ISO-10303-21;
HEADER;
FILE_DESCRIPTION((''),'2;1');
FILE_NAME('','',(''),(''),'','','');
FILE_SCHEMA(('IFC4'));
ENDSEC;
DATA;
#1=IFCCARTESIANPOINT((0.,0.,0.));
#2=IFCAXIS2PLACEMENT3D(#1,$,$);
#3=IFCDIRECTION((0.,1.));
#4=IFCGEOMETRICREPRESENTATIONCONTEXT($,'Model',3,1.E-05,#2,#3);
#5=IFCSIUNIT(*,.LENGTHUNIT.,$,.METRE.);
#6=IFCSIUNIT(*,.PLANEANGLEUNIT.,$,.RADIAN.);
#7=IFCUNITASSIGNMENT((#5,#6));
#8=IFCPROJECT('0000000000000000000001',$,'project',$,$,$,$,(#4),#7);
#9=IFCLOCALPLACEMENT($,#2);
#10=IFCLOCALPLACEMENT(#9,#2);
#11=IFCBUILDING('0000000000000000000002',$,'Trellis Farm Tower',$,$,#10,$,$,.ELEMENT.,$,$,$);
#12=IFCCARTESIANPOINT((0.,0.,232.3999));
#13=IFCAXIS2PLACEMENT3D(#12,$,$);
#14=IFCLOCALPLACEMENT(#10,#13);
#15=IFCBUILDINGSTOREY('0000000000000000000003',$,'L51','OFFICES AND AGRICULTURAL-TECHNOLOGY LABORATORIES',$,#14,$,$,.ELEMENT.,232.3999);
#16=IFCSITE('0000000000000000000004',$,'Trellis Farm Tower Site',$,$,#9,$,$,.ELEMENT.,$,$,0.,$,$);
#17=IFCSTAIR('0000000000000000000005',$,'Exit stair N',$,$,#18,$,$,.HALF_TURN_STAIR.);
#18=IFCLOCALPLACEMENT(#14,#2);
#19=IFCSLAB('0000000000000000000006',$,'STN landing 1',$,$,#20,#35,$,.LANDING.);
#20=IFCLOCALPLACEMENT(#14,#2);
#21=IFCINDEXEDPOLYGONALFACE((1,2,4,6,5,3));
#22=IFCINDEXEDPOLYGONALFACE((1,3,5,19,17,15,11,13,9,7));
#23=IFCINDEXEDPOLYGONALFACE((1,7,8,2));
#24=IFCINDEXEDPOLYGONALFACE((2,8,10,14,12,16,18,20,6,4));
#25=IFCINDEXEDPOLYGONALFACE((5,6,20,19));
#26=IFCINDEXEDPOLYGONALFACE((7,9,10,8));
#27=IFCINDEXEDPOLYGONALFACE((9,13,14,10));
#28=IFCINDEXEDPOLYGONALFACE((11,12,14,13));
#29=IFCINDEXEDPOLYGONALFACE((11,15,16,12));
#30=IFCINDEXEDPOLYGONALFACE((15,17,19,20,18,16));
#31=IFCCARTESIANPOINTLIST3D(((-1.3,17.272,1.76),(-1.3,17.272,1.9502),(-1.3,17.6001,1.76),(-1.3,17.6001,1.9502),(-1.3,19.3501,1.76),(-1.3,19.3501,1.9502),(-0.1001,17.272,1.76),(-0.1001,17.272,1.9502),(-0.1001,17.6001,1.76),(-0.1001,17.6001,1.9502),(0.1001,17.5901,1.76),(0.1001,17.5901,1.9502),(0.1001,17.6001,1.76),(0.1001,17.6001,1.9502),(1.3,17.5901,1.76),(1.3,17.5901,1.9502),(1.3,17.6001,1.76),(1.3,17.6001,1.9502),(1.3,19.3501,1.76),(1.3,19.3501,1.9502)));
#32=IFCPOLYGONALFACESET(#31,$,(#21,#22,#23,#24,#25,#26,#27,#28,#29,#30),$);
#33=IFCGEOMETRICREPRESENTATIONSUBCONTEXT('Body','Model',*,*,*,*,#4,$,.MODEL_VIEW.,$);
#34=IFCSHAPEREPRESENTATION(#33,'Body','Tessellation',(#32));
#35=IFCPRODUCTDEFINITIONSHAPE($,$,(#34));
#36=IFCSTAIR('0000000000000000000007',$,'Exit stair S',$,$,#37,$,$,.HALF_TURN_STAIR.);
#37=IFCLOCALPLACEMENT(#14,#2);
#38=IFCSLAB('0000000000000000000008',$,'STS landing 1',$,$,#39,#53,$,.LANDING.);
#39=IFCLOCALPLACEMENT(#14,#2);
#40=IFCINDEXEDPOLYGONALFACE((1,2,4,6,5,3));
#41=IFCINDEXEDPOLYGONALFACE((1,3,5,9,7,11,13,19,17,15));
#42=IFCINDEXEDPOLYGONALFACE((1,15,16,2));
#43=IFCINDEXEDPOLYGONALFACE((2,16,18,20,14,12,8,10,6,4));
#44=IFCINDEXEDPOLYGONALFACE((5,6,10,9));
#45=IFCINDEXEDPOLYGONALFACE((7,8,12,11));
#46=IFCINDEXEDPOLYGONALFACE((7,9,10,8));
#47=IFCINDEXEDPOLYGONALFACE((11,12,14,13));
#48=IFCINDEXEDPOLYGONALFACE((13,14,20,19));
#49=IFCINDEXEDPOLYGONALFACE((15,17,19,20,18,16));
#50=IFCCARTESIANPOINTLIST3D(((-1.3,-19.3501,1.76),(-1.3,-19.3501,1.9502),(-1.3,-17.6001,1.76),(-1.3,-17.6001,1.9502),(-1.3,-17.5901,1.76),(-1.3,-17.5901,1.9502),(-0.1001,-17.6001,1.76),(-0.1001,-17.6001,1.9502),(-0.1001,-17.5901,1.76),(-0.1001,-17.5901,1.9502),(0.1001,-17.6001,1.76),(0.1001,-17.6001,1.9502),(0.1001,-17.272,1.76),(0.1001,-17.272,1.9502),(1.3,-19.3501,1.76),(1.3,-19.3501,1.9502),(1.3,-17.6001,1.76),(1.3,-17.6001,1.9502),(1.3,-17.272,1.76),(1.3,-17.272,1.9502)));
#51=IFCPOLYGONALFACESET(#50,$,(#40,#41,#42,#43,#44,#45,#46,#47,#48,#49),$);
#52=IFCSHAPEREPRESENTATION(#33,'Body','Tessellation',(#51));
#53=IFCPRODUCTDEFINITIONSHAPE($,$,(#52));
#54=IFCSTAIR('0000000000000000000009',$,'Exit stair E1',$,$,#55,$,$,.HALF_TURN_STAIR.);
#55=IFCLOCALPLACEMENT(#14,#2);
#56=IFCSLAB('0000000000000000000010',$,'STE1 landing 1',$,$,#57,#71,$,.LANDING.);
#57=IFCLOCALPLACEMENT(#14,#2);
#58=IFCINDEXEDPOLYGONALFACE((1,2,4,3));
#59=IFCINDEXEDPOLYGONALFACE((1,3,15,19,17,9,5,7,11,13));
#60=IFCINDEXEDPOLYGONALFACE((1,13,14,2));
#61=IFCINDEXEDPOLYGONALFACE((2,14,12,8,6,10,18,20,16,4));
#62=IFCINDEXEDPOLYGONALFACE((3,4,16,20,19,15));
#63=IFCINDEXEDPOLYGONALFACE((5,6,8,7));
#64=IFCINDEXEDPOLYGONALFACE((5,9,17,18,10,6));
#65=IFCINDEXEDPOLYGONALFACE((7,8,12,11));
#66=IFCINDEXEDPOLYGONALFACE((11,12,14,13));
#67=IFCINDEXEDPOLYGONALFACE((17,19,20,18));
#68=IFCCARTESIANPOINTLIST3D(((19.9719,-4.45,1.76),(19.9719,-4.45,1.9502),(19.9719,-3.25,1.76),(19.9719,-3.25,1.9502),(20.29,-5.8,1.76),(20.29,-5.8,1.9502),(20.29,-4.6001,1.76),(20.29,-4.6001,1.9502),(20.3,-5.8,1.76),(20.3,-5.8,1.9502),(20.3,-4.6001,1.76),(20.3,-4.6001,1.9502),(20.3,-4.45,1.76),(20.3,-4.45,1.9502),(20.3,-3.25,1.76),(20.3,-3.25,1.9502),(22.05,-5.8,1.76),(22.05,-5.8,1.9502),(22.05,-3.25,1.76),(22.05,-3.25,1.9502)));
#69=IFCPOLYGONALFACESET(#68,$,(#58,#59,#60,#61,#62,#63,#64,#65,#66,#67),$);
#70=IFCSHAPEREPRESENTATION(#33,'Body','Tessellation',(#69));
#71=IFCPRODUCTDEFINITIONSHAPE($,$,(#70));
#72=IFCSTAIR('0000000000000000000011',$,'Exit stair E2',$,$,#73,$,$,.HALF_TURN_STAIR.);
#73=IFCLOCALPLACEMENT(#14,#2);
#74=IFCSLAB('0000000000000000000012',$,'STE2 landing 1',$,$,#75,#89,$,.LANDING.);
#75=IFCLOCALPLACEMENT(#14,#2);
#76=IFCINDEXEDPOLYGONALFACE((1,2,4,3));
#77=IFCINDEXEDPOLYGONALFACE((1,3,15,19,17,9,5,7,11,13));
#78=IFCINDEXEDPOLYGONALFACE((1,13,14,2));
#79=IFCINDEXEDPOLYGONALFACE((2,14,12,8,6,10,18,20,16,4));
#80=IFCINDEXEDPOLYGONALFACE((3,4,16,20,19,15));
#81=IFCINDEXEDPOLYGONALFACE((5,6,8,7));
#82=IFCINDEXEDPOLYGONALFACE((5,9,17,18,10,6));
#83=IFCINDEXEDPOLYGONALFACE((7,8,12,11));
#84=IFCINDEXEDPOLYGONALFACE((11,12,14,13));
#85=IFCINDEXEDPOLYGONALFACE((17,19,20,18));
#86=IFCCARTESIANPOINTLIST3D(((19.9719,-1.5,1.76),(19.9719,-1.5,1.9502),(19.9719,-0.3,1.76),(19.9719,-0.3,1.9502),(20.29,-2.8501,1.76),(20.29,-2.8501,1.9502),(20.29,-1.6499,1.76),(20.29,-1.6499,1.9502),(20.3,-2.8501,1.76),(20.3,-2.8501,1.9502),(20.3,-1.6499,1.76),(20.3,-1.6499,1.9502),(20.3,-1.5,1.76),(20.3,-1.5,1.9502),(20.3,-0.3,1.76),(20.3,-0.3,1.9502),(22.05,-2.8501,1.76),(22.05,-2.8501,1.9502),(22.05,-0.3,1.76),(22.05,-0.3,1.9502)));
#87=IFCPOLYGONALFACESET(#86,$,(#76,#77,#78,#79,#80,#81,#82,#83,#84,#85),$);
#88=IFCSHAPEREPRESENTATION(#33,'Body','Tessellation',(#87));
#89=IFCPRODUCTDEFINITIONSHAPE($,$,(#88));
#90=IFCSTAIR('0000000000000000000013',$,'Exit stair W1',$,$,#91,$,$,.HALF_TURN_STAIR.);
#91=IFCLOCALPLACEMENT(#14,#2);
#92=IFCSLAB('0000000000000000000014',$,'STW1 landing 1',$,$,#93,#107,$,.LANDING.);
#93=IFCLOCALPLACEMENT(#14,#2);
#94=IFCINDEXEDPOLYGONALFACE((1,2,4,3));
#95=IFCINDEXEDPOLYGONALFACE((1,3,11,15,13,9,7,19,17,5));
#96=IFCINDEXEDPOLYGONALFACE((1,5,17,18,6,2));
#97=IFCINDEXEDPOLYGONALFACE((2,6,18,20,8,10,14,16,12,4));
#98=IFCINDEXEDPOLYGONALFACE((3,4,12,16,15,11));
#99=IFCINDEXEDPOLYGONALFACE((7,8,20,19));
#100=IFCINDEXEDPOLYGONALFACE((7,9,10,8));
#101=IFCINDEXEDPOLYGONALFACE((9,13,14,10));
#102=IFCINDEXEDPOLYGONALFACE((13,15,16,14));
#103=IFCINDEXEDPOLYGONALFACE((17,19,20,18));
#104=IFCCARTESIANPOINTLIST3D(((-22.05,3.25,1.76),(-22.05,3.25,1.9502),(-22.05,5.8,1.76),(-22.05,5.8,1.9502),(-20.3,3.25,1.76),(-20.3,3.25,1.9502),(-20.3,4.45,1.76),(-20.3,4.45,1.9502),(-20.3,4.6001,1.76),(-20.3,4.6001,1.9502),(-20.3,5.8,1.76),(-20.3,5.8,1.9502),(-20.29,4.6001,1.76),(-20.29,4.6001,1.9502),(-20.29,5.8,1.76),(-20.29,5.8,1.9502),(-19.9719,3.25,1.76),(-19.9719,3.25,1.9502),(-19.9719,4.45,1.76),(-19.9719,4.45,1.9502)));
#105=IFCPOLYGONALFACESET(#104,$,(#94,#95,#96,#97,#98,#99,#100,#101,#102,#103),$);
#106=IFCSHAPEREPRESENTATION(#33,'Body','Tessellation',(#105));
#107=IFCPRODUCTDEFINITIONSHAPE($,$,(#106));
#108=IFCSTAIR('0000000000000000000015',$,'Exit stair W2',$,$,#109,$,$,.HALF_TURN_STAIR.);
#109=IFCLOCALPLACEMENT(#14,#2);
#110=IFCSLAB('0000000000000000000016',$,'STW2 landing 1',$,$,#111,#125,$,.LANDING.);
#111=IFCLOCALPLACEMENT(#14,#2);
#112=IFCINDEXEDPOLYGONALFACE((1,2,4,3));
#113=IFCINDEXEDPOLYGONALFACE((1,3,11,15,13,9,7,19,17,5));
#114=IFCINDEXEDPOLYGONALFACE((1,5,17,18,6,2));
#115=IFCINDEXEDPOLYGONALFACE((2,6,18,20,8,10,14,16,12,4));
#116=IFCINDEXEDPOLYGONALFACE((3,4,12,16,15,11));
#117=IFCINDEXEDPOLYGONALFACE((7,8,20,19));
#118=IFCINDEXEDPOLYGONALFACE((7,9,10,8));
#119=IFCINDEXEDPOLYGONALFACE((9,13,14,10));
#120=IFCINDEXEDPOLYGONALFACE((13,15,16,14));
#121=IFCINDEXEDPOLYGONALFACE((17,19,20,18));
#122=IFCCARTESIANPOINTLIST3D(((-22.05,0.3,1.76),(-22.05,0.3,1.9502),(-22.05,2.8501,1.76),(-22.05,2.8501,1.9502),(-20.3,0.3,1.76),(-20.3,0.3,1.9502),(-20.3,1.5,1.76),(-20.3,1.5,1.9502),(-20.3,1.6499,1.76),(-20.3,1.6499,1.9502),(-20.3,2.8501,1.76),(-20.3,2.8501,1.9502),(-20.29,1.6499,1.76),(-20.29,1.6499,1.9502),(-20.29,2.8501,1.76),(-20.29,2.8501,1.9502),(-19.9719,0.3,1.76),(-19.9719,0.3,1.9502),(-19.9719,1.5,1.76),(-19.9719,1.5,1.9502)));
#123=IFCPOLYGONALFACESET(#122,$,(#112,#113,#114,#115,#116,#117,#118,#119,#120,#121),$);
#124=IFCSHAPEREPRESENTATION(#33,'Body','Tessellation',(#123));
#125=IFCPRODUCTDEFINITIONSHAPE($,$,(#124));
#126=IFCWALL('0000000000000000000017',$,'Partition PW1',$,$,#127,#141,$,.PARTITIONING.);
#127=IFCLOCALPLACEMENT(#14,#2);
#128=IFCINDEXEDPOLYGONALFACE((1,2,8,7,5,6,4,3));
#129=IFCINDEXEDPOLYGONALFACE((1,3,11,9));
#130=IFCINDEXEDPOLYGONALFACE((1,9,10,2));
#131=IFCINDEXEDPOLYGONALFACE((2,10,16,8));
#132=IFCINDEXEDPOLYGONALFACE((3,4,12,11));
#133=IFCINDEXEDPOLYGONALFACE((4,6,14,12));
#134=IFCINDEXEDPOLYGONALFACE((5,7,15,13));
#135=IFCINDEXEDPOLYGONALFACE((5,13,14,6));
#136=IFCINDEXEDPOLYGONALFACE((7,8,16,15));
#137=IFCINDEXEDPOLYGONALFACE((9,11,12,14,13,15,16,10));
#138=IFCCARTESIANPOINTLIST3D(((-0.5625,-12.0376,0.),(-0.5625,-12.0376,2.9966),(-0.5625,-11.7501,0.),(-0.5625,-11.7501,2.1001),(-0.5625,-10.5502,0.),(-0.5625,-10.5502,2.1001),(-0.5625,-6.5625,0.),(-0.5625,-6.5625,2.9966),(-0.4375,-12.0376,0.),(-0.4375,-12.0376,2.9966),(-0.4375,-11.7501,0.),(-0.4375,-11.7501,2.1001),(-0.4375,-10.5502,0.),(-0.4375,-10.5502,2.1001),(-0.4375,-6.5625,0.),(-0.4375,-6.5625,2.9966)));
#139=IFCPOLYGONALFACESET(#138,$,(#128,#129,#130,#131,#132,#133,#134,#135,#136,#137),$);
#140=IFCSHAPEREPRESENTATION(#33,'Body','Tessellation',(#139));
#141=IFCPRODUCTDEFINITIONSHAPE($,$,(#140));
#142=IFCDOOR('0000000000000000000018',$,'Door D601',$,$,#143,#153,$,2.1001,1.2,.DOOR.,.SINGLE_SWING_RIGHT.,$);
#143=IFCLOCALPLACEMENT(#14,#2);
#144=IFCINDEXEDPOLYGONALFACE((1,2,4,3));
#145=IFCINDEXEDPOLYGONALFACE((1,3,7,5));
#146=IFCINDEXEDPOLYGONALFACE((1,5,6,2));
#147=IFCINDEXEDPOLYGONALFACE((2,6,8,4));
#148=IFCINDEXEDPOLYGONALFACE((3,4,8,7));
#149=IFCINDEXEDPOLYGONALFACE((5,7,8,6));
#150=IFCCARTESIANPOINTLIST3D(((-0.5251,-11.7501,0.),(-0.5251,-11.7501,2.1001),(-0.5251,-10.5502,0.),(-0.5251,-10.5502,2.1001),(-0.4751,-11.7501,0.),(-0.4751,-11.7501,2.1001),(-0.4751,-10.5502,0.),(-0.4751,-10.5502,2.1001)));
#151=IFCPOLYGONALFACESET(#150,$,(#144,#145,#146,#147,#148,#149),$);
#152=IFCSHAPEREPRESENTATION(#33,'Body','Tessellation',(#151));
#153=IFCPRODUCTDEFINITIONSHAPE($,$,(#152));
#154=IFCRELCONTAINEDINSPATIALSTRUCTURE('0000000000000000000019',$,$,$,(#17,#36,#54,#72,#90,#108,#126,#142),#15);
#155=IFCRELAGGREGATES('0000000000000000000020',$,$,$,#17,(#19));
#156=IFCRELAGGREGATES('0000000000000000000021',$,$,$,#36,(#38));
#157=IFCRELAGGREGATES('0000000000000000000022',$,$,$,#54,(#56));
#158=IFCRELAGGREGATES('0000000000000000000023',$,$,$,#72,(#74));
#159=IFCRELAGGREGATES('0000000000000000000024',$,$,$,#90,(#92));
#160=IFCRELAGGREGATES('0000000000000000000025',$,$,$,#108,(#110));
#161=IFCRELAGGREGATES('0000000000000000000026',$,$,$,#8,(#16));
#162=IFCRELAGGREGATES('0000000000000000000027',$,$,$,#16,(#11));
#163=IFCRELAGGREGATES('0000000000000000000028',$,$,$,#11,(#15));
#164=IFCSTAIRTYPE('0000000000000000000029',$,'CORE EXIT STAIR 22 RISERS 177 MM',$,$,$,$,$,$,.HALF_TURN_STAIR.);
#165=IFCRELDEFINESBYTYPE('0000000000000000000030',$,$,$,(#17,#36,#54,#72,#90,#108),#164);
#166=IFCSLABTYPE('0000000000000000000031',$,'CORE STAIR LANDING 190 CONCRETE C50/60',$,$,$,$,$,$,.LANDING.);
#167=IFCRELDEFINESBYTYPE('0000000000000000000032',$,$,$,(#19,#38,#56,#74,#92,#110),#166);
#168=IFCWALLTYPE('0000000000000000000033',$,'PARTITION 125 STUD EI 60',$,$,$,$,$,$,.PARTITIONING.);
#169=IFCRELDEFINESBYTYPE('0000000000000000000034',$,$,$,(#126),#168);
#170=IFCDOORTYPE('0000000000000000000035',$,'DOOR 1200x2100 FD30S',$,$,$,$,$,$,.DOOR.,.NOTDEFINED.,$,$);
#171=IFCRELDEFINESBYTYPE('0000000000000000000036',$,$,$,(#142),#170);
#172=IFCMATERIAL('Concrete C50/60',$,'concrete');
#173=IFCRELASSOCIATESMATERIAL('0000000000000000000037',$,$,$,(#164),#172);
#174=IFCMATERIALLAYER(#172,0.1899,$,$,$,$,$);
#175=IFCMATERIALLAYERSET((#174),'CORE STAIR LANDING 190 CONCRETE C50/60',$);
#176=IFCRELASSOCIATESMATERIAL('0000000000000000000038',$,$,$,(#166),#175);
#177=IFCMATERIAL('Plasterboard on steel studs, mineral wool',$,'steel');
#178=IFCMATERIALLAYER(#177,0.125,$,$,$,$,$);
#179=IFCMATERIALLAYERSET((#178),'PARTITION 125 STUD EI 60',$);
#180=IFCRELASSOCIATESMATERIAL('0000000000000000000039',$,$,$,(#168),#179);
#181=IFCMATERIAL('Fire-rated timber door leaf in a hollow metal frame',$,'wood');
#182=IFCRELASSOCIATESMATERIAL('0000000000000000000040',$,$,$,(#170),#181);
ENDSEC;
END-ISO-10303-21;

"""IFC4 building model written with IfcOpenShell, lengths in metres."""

from ifc_helpers import new_model, si_unit, direction, frame, frame_2d, origin, place, context, subcontext, project, spatial, polyline, rectangle, outline, extrude, source, transform, mapped, material, layer, layer_set, type_object, element, fill, aggregate, save


model = new_model("IFC4")

# Units and contexts
model_context = context("Model", 3, precision=1e-05, world=origin(), true_north=direction((0.0, 1.0)))
body_context = subcontext(model_context, "Body", "Model", "MODEL_VIEW")
ifc_project = project(units=[si_unit("LENGTHUNIT", "METRE"), si_unit("PLANEANGLEUNIT", "RADIAN")], contexts=[model_context])

# Site, building, storey
site_placement = place(None, origin())
site = spatial("IfcSite", under=ifc_project, at=site_placement, Name="Trellis Farm Tower Site", CompositionType="ELEMENT", RefElevation=0.0)
building_placement = place(site_placement, origin())
building = spatial("IfcBuilding", under=site, at=building_placement, Name="Trellis Farm Tower", CompositionType="ELEMENT")
storey_placement = place(building_placement, frame((0.0, 0.0, 232.3999)))
storey = spatial("IfcBuildingStorey", under=building, at=storey_placement, Name="L51", Description="OFFICES AND AGRICULTURAL-TECHNOLOGY LABORATORIES", CompositionType="ELEMENT", Elevation=232.3999)

# Stairs, slabs
ifc_material_1 = material(Name="Concrete C50/60", Category="concrete")
stair_type = type_object("IfcStairType", Name="CORE EXIT STAIR 22 RISERS 177 MM", PredefinedType="HALF_TURN_STAIR", material=ifc_material_1)
placement_1 = place(storey_placement, origin())
stair_1 = element("IfcStair", 1, at=placement_1, inside=storey, type_object=stair_type, Name="Exit stair N", PredefinedType="HALF_TURN_STAIR")
ifc_layer_1 = layer(ifc_material_1, 0.1899)
ifc_layer_set_1 = layer_set([ifc_layer_1], Name="CORE STAIR LANDING 190 CONCRETE C50/60")
slab_type_1 = type_object("IfcSlabType", Name="CORE STAIR LANDING 190 CONCRETE C50/60", PredefinedType="LANDING", material=ifc_layer_set_1)
shared_shape_1 = source(origin(), body_context, "Body", "SweptSolid", [
    extrude(outline(polyline([(-0.1001, 17.272), (-1.3, 17.272), (-1.3, 17.6001), (-1.3, 19.3501), (1.3, 19.3501), (1.3, 17.6001), (1.3, 17.5901), (0.1001, 17.5901), (0.1001, 17.6001), (-0.1001, 17.6001), (-0.1001, 17.272)])), origin(), (0.0, 0.0, 1.0), 0.1902),
])
placement_2 = place(storey_placement, frame((0.0, 0.0, 1.76)))
slab_1 = element("IfcSlab", 2, at=placement_2, type_object=slab_type_1, Name="STN landing 1", PredefinedType="LANDING", context=body_context, shape_type="MappedRepresentation", body=[
    mapped(shared_shape_1, transform((0.0, 0.0, 0.0))),
])
aggregate(stair_1, [slab_1])
stair_2 = element("IfcStair", 3, at=placement_1, inside=storey, type_object=stair_type, Name="Exit stair S", PredefinedType="HALF_TURN_STAIR")
shared_shape_2 = source(origin(), body_context, "Body", "SweptSolid", [
    extrude(outline(polyline([(1.3, -19.3501), (-1.3, -19.3501), (-1.3, -17.6001), (-1.3, -17.5901), (-0.1001, -17.5901), (-0.1001, -17.6001), (0.1001, -17.6001), (0.1001, -17.272), (1.3, -17.272), (1.3, -17.6001), (1.3, -19.3501)])), origin(), (0.0, 0.0, 1.0), 0.1902),
])
slab_2 = element("IfcSlab", 4, at=placement_2, type_object=slab_type_1, Name="STS landing 1", PredefinedType="LANDING", context=body_context, shape_type="MappedRepresentation", body=[
    mapped(shared_shape_2, transform((0.0, 0.0, 0.0))),
])
aggregate(stair_2, [slab_2])
stair_3 = element("IfcStair", 5, at=placement_1, inside=storey, type_object=stair_type, Name="Exit stair E1", PredefinedType="HALF_TURN_STAIR")
shared_shape_3 = source(origin(), body_context, "Body", "SweptSolid", [
    extrude(outline(polyline([(20.29, -5.8), (20.29, -4.6001), (20.3, -4.6001), (20.3, -4.45), (19.9719, -4.45), (19.9719, -3.25), (20.3, -3.25), (22.05, -3.25), (22.05, -5.8), (20.3, -5.8), (20.29, -5.8)])), origin(), (0.0, 0.0, 1.0), 0.1902),
])
slab_3 = element("IfcSlab", 6, at=placement_2, type_object=slab_type_1, Name="STE1 landing 1", PredefinedType="LANDING", context=body_context, shape_type="MappedRepresentation", body=[
    mapped(shared_shape_3, transform((0.0, 0.0, 0.0))),
])
aggregate(stair_3, [slab_3])
stair_4 = element("IfcStair", 7, at=placement_1, inside=storey, type_object=stair_type, Name="Exit stair E2", PredefinedType="HALF_TURN_STAIR")
shared_shape_4 = source(origin(), body_context, "Body", "SweptSolid", [
    extrude(outline(polyline([(20.29, -2.8501), (20.29, -1.6499), (20.3, -1.6499), (20.3, -1.5), (19.9719, -1.5), (19.9719, -0.3), (20.3, -0.3), (22.05, -0.3), (22.05, -2.8501), (20.3, -2.8501), (20.29, -2.8501)])), origin(), (0.0, 0.0, 1.0), 0.1902),
])
slab_4 = element("IfcSlab", 8, at=placement_2, type_object=slab_type_1, Name="STE2 landing 1", PredefinedType="LANDING", context=body_context, shape_type="MappedRepresentation", body=[
    mapped(shared_shape_4, transform((0.0, 0.0, 0.0))),
])
aggregate(stair_4, [slab_4])
stair_5 = element("IfcStair", 9, at=placement_1, inside=storey, type_object=stair_type, Name="Exit stair W1", PredefinedType="HALF_TURN_STAIR")
shared_shape_5 = source(origin(), body_context, "Body", "SweptSolid", [
    extrude(outline(polyline([(-19.9719, 4.45), (-19.9719, 3.25), (-20.3, 3.25), (-22.05, 3.25), (-22.05, 5.8), (-20.3, 5.8), (-20.29, 5.8), (-20.29, 4.6001), (-20.3, 4.6001), (-20.3, 4.45), (-19.9719, 4.45)])), origin(), (0.0, 0.0, 1.0), 0.1902),
])
slab_5 = element("IfcSlab", 10, at=placement_2, type_object=slab_type_1, Name="STW1 landing 1", PredefinedType="LANDING", context=body_context, shape_type="MappedRepresentation", body=[
    mapped(shared_shape_5, transform((0.0, 0.0, 0.0))),
])
aggregate(stair_5, [slab_5])
stair_6 = element("IfcStair", 11, at=placement_1, inside=storey, type_object=stair_type, Name="Exit stair W2", PredefinedType="HALF_TURN_STAIR")
shared_shape_6 = source(origin(), body_context, "Body", "SweptSolid", [
    extrude(outline(polyline([(-19.9719, 1.5), (-19.9719, 0.3), (-20.3, 0.3), (-22.05, 0.3), (-22.05, 2.8501), (-20.3, 2.8501), (-20.29, 2.8501), (-20.29, 1.6499), (-20.3, 1.6499), (-20.3, 1.5), (-19.9719, 1.5)])), origin(), (0.0, 0.0, 1.0), 0.1902),
])
slab_6 = element("IfcSlab", 12, at=placement_2, type_object=slab_type_1, Name="STW2 landing 1", PredefinedType="LANDING", context=body_context, shape_type="MappedRepresentation", body=[
    mapped(shared_shape_6, transform((0.0, 0.0, 0.0))),
])
aggregate(stair_6, [slab_6])

# Wall, opening, door
ifc_material_2 = material(Name="Plasterboard on steel studs, mineral wool", Category="steel")
ifc_layer_2 = layer(ifc_material_2, 0.125)
ifc_layer_set_2 = layer_set([ifc_layer_2], Name="PARTITION 125 STUD EI 60")
wall_type_1 = type_object("IfcWallType", Name="PARTITION 125 STUD EI 60", PredefinedType="PARTITIONING", material=ifc_layer_set_2)
shared_shape_7 = source(origin(), body_context, "Body", "SweptSolid", [
    extrude(rectangle(XDim=5.4751, YDim=0.125, at=frame_2d((2.7375, 0.0))), origin(), (0.0, 0.0, 1.0), 2.9966),
])
wall_1_placement = place(storey_placement, frame((-0.5, -6.5625, 0.0), z_axis=(0.0, 0.0, 1.0), x_axis=(0.0, -1.0, 0.0)))
wall_1 = element("IfcWall", 13, at=wall_1_placement, inside=storey, type_object=wall_type_1, Name="Partition PW1", PredefinedType="PARTITIONING", context=body_context, shape_type="MappedRepresentation", body=[
    mapped(shared_shape_7, transform((0.0, 0.0, 0.0))),
])
shared_shape_8 = source(origin(), body_context, "Body", "SweptSolid", [
    extrude(rectangle(XDim=1.2, YDim=2.1001, at=frame_2d((0.6001, 1.05))), frame((0.0, 0.0725, 0.0), z_axis=(0.0, -1.0, 0.0), x_axis=(1.0, 0.0, 0.0)), (0.0, 0.0, 1.0), 0.145),
])
opening_1_placement = place(wall_1_placement, frame((3.9875, 0.0, 0.0)))
opening_1 = element("IfcOpeningElement", 14, at=opening_1_placement, cuts=wall_1, PredefinedType="OPENING", context=body_context, shape_type="MappedRepresentation", body=[
    mapped(shared_shape_8, transform((0.0, 0.0, 0.0))),
])
ifc_material_3 = material(Name="Fire-rated timber door leaf in a hollow metal frame", Category="wood")
door_type_1 = type_object("IfcDoorType", Name="DOOR 1200x2100 FD30S", OperationType="NOTDEFINED", PredefinedType="DOOR", material=ifc_material_3)
shared_shape_9 = source(origin(), body_context, "Body", "SweptSolid", [
    extrude(rectangle(XDim=1.2, YDim=2.1001, at=frame_2d((0.6001, 1.05))), frame((0.0, 0.0249, 0.0), z_axis=(0.0, -1.0, 0.0), x_axis=(1.0, 0.0, 0.0)), (0.0, 0.0, 1.0), 0.05),
])
door_1_placement = place(opening_1_placement, origin())
door_1 = element("IfcDoor", 15, at=door_1_placement, inside=storey, type_object=door_type_1, Name="Door D601", OperationType="SINGLE_SWING_RIGHT", OverallHeight=2.1001, OverallWidth=1.2, PredefinedType="DOOR", context=body_context, shape_type="MappedRepresentation", body=[
    mapped(shared_shape_9, transform((0.0, 0.0, 0.0))),
])
fill(opening_1, door_1)

save(model, "model.ifc")
